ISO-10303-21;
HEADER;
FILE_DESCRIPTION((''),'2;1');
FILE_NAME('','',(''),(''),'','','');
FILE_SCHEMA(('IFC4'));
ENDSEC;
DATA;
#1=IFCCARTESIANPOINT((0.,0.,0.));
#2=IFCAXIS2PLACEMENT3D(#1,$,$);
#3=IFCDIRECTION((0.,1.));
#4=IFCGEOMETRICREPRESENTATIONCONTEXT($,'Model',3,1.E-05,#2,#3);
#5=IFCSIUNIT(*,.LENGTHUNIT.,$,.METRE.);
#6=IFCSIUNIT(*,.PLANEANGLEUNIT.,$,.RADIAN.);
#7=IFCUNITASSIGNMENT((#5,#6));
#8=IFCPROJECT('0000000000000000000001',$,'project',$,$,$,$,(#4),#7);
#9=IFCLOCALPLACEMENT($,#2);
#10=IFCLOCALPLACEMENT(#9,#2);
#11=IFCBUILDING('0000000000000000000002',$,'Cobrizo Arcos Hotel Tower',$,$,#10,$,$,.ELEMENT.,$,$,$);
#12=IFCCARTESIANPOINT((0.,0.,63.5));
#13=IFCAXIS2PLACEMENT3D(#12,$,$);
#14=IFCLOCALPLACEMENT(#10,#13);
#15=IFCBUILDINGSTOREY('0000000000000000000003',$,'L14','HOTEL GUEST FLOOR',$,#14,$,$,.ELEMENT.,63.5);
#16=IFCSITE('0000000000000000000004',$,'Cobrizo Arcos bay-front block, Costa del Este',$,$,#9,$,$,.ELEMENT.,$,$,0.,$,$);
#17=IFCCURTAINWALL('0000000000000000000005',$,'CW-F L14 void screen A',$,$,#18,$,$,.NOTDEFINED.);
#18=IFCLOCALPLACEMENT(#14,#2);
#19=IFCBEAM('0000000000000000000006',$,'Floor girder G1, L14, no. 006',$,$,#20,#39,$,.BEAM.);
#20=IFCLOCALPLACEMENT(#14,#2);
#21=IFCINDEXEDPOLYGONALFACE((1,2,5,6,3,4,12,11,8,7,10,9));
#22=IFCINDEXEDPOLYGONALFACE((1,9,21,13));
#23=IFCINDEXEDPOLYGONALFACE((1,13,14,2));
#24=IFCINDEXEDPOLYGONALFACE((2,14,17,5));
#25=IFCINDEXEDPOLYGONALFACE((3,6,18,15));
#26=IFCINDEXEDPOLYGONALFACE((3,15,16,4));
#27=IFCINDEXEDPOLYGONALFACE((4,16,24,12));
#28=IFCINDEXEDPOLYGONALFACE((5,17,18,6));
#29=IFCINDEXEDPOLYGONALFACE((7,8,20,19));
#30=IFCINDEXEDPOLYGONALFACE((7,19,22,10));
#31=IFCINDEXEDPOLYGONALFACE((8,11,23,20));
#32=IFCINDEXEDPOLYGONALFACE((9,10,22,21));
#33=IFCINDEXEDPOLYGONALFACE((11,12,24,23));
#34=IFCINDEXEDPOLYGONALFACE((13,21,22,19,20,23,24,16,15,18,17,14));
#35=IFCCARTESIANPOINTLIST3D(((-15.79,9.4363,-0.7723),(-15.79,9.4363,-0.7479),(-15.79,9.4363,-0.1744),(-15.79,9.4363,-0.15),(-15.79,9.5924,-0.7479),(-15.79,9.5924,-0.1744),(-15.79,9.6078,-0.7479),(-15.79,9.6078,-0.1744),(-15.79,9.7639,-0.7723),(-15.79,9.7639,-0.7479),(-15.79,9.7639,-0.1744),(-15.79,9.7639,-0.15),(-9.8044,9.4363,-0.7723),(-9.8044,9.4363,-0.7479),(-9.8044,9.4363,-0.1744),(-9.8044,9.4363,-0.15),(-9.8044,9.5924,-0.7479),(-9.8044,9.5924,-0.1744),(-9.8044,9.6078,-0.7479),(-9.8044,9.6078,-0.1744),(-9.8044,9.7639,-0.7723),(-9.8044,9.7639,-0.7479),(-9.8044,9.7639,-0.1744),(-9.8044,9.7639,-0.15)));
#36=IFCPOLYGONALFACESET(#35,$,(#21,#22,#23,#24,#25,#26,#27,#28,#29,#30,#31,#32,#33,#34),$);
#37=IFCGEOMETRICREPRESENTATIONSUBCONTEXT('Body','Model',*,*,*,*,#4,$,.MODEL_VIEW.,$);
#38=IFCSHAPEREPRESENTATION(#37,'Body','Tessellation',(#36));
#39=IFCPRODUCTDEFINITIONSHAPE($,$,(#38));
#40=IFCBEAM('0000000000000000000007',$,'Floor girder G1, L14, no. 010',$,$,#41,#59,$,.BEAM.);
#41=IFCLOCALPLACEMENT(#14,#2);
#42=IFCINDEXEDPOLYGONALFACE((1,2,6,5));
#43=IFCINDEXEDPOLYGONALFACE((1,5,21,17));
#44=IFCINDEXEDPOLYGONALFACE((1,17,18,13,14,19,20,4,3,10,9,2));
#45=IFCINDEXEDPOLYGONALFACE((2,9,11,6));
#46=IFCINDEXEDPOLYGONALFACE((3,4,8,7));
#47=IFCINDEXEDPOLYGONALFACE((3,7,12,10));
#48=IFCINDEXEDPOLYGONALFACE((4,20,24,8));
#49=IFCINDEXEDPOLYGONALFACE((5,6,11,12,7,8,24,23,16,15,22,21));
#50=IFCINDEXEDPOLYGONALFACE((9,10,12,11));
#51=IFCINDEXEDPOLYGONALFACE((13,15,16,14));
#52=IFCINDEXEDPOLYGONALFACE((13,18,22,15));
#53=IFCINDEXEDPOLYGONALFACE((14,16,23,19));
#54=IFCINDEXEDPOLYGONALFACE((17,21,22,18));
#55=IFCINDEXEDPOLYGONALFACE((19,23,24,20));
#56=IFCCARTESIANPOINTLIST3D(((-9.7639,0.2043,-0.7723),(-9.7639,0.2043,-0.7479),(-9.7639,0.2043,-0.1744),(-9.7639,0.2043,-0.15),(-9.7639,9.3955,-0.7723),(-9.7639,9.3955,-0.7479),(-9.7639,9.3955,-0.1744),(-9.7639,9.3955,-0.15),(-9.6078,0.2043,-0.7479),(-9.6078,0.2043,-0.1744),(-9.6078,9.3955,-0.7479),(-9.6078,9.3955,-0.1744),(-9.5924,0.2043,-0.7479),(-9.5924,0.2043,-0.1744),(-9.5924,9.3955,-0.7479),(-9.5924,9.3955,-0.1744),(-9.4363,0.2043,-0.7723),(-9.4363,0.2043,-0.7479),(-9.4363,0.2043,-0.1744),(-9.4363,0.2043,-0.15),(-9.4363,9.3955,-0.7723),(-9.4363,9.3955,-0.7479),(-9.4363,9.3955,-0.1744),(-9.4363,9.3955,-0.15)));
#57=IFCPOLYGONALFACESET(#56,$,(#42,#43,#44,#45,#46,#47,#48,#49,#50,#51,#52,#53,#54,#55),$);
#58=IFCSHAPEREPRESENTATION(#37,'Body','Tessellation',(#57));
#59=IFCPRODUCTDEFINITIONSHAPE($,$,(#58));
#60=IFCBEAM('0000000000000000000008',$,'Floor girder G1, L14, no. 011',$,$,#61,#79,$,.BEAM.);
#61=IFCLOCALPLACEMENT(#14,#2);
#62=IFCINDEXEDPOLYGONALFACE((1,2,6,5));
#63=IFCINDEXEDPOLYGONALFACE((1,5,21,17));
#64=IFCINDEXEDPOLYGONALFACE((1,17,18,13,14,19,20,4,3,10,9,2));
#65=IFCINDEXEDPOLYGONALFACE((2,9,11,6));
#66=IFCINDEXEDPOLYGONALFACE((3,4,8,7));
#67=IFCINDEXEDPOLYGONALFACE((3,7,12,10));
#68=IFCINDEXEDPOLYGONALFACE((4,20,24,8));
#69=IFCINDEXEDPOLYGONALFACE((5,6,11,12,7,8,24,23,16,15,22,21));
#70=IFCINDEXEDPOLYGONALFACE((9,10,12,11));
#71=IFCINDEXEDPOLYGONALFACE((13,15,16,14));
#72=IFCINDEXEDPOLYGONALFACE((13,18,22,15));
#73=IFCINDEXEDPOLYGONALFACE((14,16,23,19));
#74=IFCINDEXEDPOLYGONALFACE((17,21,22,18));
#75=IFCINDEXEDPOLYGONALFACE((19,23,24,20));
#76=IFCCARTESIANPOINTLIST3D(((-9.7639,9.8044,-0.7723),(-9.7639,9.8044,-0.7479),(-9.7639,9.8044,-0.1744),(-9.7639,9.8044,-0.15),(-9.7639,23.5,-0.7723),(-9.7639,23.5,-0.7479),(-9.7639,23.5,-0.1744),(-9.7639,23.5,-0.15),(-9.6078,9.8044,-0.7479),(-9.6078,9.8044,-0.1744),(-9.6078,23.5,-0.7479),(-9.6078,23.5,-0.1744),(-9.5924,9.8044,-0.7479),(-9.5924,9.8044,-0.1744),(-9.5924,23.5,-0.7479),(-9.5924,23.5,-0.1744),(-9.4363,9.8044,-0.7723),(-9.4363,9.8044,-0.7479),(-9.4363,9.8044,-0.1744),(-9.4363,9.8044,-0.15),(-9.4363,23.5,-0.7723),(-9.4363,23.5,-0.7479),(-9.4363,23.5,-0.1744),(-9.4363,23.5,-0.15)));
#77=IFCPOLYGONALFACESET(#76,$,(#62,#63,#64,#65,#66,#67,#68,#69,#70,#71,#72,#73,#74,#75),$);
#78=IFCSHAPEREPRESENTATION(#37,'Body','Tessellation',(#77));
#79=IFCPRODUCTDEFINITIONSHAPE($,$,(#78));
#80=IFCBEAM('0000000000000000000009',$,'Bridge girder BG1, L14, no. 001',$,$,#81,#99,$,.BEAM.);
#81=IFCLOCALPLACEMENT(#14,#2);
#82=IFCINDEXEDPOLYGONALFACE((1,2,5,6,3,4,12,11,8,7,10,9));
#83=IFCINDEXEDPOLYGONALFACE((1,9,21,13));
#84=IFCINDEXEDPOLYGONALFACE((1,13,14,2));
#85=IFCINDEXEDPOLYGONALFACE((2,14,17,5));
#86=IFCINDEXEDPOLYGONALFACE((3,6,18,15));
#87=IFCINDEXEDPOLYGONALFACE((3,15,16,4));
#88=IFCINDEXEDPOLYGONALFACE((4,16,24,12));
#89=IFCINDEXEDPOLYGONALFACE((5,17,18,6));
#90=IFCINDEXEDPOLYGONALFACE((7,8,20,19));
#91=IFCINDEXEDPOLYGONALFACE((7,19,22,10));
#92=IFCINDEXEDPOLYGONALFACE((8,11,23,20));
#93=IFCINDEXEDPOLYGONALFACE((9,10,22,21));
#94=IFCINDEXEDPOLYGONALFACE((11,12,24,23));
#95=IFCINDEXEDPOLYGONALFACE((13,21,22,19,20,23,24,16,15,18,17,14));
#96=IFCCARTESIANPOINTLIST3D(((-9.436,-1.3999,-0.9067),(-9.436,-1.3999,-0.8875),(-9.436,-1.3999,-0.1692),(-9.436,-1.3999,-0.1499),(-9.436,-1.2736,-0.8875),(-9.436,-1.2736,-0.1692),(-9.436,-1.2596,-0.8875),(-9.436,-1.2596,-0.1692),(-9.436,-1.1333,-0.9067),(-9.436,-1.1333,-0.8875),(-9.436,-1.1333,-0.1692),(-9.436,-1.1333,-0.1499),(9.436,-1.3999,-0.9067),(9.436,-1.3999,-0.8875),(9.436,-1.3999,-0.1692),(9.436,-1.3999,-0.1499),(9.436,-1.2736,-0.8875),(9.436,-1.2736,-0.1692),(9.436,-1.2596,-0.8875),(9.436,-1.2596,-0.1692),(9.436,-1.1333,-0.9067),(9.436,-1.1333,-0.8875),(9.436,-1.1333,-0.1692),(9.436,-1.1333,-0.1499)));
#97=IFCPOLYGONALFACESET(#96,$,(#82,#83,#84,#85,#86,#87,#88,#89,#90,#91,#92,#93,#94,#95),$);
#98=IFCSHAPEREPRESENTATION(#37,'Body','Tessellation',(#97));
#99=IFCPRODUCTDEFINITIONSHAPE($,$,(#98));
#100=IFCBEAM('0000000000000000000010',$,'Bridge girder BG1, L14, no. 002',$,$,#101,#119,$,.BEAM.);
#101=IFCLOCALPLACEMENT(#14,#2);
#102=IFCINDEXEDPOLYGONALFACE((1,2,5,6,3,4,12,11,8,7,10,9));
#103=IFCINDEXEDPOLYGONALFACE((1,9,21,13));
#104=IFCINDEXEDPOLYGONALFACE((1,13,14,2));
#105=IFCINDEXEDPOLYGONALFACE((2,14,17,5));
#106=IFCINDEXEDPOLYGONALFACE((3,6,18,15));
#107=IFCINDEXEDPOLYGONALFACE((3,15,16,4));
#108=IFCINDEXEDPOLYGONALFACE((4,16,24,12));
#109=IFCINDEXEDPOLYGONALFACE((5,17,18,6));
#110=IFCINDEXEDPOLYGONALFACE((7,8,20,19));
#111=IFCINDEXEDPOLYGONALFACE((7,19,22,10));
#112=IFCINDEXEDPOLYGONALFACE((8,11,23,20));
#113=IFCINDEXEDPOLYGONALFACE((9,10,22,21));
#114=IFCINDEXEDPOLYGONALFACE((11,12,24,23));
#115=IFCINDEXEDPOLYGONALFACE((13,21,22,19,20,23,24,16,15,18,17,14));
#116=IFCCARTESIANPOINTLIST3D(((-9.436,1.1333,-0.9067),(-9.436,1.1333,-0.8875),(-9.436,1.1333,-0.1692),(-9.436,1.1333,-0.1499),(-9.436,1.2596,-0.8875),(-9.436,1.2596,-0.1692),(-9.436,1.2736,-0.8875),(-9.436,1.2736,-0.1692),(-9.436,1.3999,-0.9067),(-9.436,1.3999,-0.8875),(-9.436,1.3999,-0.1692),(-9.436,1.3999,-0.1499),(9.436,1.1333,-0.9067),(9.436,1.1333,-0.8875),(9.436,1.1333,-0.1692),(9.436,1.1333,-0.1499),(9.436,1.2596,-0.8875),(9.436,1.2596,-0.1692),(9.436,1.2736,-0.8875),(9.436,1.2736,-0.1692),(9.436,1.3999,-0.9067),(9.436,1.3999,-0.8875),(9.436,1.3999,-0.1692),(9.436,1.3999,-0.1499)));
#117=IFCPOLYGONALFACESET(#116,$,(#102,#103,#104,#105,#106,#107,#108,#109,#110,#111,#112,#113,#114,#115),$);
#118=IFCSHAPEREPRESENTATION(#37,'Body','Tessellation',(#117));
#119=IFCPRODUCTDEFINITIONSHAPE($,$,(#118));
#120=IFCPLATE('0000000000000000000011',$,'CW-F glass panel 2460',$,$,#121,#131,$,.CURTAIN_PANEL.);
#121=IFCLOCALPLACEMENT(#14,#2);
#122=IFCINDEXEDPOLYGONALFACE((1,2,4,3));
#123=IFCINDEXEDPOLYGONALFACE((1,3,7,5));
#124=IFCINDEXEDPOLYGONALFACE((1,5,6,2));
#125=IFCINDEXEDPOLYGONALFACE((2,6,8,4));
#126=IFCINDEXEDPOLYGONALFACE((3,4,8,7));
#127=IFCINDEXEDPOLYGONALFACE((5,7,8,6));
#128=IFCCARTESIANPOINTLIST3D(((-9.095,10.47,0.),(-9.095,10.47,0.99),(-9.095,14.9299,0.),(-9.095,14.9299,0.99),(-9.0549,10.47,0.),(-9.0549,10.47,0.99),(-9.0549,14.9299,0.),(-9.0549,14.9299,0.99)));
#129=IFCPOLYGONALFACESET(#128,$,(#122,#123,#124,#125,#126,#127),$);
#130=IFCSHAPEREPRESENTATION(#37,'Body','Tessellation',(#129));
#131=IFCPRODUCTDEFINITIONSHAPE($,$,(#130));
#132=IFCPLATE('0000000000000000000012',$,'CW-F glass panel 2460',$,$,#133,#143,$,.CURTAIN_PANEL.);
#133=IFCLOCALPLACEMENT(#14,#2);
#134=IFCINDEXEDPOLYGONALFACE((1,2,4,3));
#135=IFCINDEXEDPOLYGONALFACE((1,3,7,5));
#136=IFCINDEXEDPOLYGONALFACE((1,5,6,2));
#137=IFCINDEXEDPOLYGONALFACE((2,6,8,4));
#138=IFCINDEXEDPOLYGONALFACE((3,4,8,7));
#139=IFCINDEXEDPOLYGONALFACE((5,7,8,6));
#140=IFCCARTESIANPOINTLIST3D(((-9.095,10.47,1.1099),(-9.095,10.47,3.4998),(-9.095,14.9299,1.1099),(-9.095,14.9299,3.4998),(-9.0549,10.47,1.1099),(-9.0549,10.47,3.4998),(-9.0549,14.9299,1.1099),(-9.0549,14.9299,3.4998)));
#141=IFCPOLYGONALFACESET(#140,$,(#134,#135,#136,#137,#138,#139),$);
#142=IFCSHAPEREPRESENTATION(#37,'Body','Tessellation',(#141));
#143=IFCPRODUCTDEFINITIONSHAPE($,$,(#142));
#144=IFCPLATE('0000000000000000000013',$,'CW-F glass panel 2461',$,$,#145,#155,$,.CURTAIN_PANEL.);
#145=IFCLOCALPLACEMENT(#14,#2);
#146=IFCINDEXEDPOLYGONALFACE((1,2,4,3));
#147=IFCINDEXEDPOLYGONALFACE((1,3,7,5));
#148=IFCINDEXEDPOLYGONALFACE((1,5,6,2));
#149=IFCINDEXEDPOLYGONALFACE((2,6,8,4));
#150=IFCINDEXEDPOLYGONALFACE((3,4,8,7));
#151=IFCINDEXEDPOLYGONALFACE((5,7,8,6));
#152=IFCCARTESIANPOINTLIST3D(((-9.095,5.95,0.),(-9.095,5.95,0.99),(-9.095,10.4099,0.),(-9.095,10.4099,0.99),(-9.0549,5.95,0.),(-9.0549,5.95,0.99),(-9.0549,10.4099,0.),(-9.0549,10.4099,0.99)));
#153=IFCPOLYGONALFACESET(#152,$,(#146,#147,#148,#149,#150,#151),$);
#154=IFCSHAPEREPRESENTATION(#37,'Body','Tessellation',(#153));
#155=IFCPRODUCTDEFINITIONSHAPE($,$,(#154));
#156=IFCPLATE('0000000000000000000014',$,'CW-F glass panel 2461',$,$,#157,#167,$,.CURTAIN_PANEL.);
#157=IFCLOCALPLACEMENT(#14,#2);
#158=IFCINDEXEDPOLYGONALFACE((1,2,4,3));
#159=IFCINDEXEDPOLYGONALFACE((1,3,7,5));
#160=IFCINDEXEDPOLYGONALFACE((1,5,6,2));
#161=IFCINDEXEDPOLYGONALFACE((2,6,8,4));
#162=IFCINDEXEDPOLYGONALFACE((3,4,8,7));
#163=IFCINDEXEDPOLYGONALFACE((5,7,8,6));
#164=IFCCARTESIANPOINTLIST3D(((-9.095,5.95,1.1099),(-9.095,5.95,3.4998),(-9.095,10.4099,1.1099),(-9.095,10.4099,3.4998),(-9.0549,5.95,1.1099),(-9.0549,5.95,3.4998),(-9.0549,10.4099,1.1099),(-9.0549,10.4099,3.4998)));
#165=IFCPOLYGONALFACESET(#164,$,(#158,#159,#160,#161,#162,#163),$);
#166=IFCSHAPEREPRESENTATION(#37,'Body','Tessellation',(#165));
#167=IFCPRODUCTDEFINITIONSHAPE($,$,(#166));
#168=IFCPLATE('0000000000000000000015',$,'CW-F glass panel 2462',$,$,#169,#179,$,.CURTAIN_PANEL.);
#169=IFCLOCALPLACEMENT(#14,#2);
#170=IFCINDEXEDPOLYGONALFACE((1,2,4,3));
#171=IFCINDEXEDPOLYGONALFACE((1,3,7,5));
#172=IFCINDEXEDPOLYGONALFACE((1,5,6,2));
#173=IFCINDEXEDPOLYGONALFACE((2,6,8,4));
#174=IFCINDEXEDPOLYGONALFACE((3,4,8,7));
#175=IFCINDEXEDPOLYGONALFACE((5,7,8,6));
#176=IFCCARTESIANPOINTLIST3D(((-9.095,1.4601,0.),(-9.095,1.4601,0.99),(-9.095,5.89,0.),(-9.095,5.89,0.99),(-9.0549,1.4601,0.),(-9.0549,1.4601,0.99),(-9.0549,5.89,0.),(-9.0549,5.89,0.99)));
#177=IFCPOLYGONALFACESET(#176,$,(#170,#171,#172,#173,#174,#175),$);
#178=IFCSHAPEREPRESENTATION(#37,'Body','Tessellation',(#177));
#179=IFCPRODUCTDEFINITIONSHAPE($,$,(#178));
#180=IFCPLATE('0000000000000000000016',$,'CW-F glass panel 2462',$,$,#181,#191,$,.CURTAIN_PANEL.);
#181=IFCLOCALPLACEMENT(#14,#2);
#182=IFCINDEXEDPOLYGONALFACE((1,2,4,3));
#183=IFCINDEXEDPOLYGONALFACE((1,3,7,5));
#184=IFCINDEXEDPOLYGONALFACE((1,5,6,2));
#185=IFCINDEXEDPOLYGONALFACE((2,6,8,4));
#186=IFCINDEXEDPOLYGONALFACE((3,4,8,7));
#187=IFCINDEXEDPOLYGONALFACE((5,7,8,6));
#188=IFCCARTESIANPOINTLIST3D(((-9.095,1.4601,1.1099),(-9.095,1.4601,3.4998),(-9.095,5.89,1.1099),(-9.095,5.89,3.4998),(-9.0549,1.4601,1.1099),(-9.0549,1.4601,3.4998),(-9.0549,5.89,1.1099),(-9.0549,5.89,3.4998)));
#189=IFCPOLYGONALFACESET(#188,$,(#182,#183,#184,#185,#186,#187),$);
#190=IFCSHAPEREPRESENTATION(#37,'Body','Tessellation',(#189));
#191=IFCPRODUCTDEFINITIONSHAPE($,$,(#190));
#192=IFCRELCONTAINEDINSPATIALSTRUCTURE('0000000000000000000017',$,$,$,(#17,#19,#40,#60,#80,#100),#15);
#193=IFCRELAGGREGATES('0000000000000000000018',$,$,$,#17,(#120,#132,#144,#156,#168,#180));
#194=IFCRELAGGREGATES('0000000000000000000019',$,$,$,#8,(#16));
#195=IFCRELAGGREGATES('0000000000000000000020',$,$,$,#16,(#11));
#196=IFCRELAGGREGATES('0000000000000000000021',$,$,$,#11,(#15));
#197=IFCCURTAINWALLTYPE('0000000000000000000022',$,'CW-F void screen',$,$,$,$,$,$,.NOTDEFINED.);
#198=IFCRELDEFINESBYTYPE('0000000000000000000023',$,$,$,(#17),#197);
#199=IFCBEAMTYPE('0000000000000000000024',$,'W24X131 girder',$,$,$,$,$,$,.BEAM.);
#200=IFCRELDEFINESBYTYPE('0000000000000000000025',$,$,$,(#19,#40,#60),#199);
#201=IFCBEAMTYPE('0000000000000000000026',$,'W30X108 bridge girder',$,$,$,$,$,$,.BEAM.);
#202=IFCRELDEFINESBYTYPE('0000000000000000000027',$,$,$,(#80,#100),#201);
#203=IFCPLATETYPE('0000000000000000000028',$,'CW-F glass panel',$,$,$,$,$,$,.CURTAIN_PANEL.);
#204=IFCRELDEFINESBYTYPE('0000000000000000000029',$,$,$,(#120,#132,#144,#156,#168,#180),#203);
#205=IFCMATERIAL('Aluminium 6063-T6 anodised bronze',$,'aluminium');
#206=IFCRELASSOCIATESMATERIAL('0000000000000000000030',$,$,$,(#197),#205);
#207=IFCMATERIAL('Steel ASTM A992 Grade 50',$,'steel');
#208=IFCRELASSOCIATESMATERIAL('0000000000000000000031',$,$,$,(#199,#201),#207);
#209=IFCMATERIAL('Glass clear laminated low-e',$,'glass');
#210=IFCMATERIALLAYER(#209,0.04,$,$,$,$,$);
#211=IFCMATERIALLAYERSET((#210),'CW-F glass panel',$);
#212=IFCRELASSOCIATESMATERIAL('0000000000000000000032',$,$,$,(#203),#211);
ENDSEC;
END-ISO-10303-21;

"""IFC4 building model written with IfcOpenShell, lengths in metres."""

from ifc_helpers import new_model, si_unit, direction, frame, origin, origin_2d, place, context, subcontext, project, spatial, rectangle, i_section, extrude, material, layer, layer_set, material_profile, profile_set, type_object, element, aggregate, save


model = new_model("IFC4")

# Units and contexts
model_context = context("Model", 3, precision=1e-05, world=origin(), true_north=direction((0.0, 1.0)))
body_context = subcontext(model_context, "Body", "Model", "MODEL_VIEW")
ifc_project = project(units=[si_unit("LENGTHUNIT", "METRE"), si_unit("PLANEANGLEUNIT", "RADIAN")], contexts=[model_context])

# Site, building, storey
site_placement = place(None, origin())
site = spatial("IfcSite", under=ifc_project, at=site_placement, Name="Cobrizo Arcos bay-front block, Costa del Este", CompositionType="ELEMENT", RefElevation=0.0)
building_placement = place(site_placement, origin())
building = spatial("IfcBuilding", under=site, at=building_placement, Name="Cobrizo Arcos Hotel Tower", CompositionType="ELEMENT")
storey_placement = place(building_placement, frame((0.0, 0.0, 63.5)))
storey = spatial("IfcBuildingStorey", under=building, at=storey_placement, Name="L14", Description="HOTEL GUEST FLOOR", CompositionType="ELEMENT", Elevation=63.5)

# Shared definitions
ifc_material_1 = material(Name="Steel ASTM A992 Grade 50", Category="steel")

# Curtain wall
ifc_material_2 = material(Name="Aluminium 6063-T6 anodised bronze", Category="aluminium")
curtain_wall_type = type_object("IfcCurtainWallType", Name="CW-F void screen", PredefinedType="NOTDEFINED", material=ifc_material_2)
curtain_wall_placement = place(storey_placement, origin())
curtain_wall = element("IfcCurtainWall", 1, at=curtain_wall_placement, inside=storey, type_object=curtain_wall_type, Name="CW-F L14 void screen A", PredefinedType="NOTDEFINED")

# Beams
ifc_material_profile_1 = material_profile(ifc_material_1, i_section(OverallWidth=0.3276, OverallDepth=0.6223, WebThickness=0.0154, FlangeThickness=0.0244, at=origin_2d()), Name="W24X131")
ifc_profile_set_1 = profile_set([ifc_material_profile_1], Name="Steel ASTM A992 Grade 50")
beam_type_1 = type_object("IfcBeamType", Name="W24X131 girder", PredefinedType="BEAM", material=ifc_profile_set_1)
beam_1_placement = place(storey_placement, frame((-15.79, 9.6001, -0.4612), z_axis=(1.0, 0.0, 0.0), x_axis=(0.0, 1.0, 0.0)))
element("IfcBeam", 2, at=beam_1_placement, inside=storey, type_object=beam_type_1, Name="Floor girder G1, L14, no. 006", PredefinedType="BEAM", context=body_context, shape_type="SweptSolid", body=[
    extrude(i_section(OverallWidth=0.3276, OverallDepth=0.6223, WebThickness=0.0154, FlangeThickness=0.0244, at=origin_2d()), origin(), (0.0, 0.0, 1.0), 5.9856),
])
beam_2_placement = place(storey_placement, frame((-9.6001, 0.2043, -0.4612), z_axis=(0.0, 1.0, 0.0), x_axis=(-1.0, 0.0, 0.0)))
element("IfcBeam", 3, at=beam_2_placement, inside=storey, type_object=beam_type_1, Name="Floor girder G1, L14, no. 010", PredefinedType="BEAM", context=body_context, shape_type="SweptSolid", body=[
    extrude(i_section(OverallWidth=0.3276, OverallDepth=0.6223, WebThickness=0.0154, FlangeThickness=0.0244, at=origin_2d()), origin(), (0.0, 0.0, 1.0), 9.1912),
])
beam_3_placement = place(storey_placement, frame((-9.6001, 9.8044, -0.4612), z_axis=(0.0, 1.0, 0.0), x_axis=(-1.0, 0.0, 0.0)))
element("IfcBeam", 4, at=beam_3_placement, inside=storey, type_object=beam_type_1, Name="Floor girder G1, L14, no. 011", PredefinedType="BEAM", context=body_context, shape_type="SweptSolid", body=[
    extrude(i_section(OverallWidth=0.3276, OverallDepth=0.6223, WebThickness=0.0154, FlangeThickness=0.0244, at=origin_2d()), origin(), (0.0, 0.0, 1.0), 13.6956),
])
ifc_material_profile_2 = material_profile(ifc_material_1, i_section(OverallWidth=0.2666, OverallDepth=0.7568, WebThickness=0.0139, FlangeThickness=0.0193, at=origin_2d()), Name="W30X108")
ifc_profile_set_2 = profile_set([ifc_material_profile_2], Name="Steel ASTM A992 Grade 50")
beam_type_2 = type_object("IfcBeamType", Name="W30X108 bridge girder", PredefinedType="BEAM", material=ifc_profile_set_2)
for number, where, z_axis, x_axis, name in (
    (5, (-9.436, -1.2666, -0.5283), (1.0, 0.0, 0.0), (0.0, 1.0, 0.0), "Bridge girder BG1, L14, no. 001"),
    (6, (-9.436, 1.2666, -0.5283), (1.0, 0.0, 0.0), (0.0, 1.0, 0.0), "Bridge girder BG1, L14, no. 002"),
):
    element("IfcBeam", number, at=place(storey_placement, frame(where, z_axis=z_axis, x_axis=x_axis)), inside=storey, type_object=beam_type_2, Name=name, PredefinedType="BEAM", context=body_context, shape_type="SweptSolid", body=[
        extrude(i_section(OverallWidth=0.2666, OverallDepth=0.7568, WebThickness=0.0139, FlangeThickness=0.0193, at=origin_2d()), origin(), (0.0, 0.0, 1.0), 18.8721),
    ])

# Plates
ifc_material_3 = material(Name="Glass clear laminated low-e", Category="glass")
ifc_layer_1 = layer(ifc_material_3, 0.04)
ifc_layer_set_1 = layer_set([ifc_layer_1], Name="CW-F glass panel")
plate_type = type_object("IfcPlateType", Name="CW-F glass panel", PredefinedType="CURTAIN_PANEL", material=ifc_layer_set_1)
plate_1_placement = place(storey_placement, frame((-9.075, 12.7, 0.0), z_axis=(0.0, 0.0, 1.0), x_axis=(0.0, -1.0, 0.0)))
plate_1 = element("IfcPlate", 7, at=plate_1_placement, type_object=plate_type, Name="CW-F glass panel 2460", PredefinedType="CURTAIN_PANEL", context=body_context, shape_type="SweptSolid", body=[
    extrude(rectangle(XDim=4.46, YDim=0.04, at=origin_2d()), origin(), (0.0, 0.0, 1.0), 0.99),
])
plate_2_placement = place(storey_placement, frame((-9.075, 12.7, 1.1099), z_axis=(0.0, 0.0, 1.0), x_axis=(0.0, -1.0, 0.0)))
plate_2 = element("IfcPlate", 8, at=plate_2_placement, type_object=plate_type, Name="CW-F glass panel 2460", PredefinedType="CURTAIN_PANEL", context=body_context, shape_type="SweptSolid", body=[
    extrude(rectangle(XDim=4.46, YDim=0.04, at=origin_2d()), origin(), (0.0, 0.0, 1.0), 2.3899),
])
plate_3_placement = place(storey_placement, frame((-9.075, 8.1799, 0.0), z_axis=(0.0, 0.0, 1.0), x_axis=(0.0, -1.0, 0.0)))
plate_3 = element("IfcPlate", 9, at=plate_3_placement, type_object=plate_type, Name="CW-F glass panel 2461", PredefinedType="CURTAIN_PANEL", context=body_context, shape_type="SweptSolid", body=[
    extrude(rectangle(XDim=4.46, YDim=0.04, at=origin_2d()), origin(), (0.0, 0.0, 1.0), 0.99),
])
plate_4_placement = place(storey_placement, frame((-9.075, 8.1799, 1.1099), z_axis=(0.0, 0.0, 1.0), x_axis=(0.0, -1.0, 0.0)))
plate_4 = element("IfcPlate", 10, at=plate_4_placement, type_object=plate_type, Name="CW-F glass panel 2461", PredefinedType="CURTAIN_PANEL", context=body_context, shape_type="SweptSolid", body=[
    extrude(rectangle(XDim=4.46, YDim=0.04, at=origin_2d()), origin(), (0.0, 0.0, 1.0), 2.3899),
])
plate_5_placement = place(storey_placement, frame((-9.075, 3.675, 0.0), z_axis=(0.0, 0.0, 1.0), x_axis=(0.0, -1.0, 0.0)))
plate_5 = element("IfcPlate", 11, at=plate_5_placement, type_object=plate_type, Name="CW-F glass panel 2462", PredefinedType="CURTAIN_PANEL", context=body_context, shape_type="SweptSolid", body=[
    extrude(rectangle(XDim=4.4299, YDim=0.04, at=origin_2d()), origin(), (0.0, 0.0, 1.0), 0.99),
])
plate_6_placement = place(storey_placement, frame((-9.075, 3.675, 1.1099), z_axis=(0.0, 0.0, 1.0), x_axis=(0.0, -1.0, 0.0)))
plate_6 = element("IfcPlate", 12, at=plate_6_placement, type_object=plate_type, Name="CW-F glass panel 2462", PredefinedType="CURTAIN_PANEL", context=body_context, shape_type="SweptSolid", body=[
    extrude(rectangle(XDim=4.4299, YDim=0.04, at=origin_2d()), origin(), (0.0, 0.0, 1.0), 2.3899),
])
aggregate(curtain_wall, [plate_1, plate_2, plate_3, plate_4, plate_5, plate_6])

save(model, "model.ifc")
